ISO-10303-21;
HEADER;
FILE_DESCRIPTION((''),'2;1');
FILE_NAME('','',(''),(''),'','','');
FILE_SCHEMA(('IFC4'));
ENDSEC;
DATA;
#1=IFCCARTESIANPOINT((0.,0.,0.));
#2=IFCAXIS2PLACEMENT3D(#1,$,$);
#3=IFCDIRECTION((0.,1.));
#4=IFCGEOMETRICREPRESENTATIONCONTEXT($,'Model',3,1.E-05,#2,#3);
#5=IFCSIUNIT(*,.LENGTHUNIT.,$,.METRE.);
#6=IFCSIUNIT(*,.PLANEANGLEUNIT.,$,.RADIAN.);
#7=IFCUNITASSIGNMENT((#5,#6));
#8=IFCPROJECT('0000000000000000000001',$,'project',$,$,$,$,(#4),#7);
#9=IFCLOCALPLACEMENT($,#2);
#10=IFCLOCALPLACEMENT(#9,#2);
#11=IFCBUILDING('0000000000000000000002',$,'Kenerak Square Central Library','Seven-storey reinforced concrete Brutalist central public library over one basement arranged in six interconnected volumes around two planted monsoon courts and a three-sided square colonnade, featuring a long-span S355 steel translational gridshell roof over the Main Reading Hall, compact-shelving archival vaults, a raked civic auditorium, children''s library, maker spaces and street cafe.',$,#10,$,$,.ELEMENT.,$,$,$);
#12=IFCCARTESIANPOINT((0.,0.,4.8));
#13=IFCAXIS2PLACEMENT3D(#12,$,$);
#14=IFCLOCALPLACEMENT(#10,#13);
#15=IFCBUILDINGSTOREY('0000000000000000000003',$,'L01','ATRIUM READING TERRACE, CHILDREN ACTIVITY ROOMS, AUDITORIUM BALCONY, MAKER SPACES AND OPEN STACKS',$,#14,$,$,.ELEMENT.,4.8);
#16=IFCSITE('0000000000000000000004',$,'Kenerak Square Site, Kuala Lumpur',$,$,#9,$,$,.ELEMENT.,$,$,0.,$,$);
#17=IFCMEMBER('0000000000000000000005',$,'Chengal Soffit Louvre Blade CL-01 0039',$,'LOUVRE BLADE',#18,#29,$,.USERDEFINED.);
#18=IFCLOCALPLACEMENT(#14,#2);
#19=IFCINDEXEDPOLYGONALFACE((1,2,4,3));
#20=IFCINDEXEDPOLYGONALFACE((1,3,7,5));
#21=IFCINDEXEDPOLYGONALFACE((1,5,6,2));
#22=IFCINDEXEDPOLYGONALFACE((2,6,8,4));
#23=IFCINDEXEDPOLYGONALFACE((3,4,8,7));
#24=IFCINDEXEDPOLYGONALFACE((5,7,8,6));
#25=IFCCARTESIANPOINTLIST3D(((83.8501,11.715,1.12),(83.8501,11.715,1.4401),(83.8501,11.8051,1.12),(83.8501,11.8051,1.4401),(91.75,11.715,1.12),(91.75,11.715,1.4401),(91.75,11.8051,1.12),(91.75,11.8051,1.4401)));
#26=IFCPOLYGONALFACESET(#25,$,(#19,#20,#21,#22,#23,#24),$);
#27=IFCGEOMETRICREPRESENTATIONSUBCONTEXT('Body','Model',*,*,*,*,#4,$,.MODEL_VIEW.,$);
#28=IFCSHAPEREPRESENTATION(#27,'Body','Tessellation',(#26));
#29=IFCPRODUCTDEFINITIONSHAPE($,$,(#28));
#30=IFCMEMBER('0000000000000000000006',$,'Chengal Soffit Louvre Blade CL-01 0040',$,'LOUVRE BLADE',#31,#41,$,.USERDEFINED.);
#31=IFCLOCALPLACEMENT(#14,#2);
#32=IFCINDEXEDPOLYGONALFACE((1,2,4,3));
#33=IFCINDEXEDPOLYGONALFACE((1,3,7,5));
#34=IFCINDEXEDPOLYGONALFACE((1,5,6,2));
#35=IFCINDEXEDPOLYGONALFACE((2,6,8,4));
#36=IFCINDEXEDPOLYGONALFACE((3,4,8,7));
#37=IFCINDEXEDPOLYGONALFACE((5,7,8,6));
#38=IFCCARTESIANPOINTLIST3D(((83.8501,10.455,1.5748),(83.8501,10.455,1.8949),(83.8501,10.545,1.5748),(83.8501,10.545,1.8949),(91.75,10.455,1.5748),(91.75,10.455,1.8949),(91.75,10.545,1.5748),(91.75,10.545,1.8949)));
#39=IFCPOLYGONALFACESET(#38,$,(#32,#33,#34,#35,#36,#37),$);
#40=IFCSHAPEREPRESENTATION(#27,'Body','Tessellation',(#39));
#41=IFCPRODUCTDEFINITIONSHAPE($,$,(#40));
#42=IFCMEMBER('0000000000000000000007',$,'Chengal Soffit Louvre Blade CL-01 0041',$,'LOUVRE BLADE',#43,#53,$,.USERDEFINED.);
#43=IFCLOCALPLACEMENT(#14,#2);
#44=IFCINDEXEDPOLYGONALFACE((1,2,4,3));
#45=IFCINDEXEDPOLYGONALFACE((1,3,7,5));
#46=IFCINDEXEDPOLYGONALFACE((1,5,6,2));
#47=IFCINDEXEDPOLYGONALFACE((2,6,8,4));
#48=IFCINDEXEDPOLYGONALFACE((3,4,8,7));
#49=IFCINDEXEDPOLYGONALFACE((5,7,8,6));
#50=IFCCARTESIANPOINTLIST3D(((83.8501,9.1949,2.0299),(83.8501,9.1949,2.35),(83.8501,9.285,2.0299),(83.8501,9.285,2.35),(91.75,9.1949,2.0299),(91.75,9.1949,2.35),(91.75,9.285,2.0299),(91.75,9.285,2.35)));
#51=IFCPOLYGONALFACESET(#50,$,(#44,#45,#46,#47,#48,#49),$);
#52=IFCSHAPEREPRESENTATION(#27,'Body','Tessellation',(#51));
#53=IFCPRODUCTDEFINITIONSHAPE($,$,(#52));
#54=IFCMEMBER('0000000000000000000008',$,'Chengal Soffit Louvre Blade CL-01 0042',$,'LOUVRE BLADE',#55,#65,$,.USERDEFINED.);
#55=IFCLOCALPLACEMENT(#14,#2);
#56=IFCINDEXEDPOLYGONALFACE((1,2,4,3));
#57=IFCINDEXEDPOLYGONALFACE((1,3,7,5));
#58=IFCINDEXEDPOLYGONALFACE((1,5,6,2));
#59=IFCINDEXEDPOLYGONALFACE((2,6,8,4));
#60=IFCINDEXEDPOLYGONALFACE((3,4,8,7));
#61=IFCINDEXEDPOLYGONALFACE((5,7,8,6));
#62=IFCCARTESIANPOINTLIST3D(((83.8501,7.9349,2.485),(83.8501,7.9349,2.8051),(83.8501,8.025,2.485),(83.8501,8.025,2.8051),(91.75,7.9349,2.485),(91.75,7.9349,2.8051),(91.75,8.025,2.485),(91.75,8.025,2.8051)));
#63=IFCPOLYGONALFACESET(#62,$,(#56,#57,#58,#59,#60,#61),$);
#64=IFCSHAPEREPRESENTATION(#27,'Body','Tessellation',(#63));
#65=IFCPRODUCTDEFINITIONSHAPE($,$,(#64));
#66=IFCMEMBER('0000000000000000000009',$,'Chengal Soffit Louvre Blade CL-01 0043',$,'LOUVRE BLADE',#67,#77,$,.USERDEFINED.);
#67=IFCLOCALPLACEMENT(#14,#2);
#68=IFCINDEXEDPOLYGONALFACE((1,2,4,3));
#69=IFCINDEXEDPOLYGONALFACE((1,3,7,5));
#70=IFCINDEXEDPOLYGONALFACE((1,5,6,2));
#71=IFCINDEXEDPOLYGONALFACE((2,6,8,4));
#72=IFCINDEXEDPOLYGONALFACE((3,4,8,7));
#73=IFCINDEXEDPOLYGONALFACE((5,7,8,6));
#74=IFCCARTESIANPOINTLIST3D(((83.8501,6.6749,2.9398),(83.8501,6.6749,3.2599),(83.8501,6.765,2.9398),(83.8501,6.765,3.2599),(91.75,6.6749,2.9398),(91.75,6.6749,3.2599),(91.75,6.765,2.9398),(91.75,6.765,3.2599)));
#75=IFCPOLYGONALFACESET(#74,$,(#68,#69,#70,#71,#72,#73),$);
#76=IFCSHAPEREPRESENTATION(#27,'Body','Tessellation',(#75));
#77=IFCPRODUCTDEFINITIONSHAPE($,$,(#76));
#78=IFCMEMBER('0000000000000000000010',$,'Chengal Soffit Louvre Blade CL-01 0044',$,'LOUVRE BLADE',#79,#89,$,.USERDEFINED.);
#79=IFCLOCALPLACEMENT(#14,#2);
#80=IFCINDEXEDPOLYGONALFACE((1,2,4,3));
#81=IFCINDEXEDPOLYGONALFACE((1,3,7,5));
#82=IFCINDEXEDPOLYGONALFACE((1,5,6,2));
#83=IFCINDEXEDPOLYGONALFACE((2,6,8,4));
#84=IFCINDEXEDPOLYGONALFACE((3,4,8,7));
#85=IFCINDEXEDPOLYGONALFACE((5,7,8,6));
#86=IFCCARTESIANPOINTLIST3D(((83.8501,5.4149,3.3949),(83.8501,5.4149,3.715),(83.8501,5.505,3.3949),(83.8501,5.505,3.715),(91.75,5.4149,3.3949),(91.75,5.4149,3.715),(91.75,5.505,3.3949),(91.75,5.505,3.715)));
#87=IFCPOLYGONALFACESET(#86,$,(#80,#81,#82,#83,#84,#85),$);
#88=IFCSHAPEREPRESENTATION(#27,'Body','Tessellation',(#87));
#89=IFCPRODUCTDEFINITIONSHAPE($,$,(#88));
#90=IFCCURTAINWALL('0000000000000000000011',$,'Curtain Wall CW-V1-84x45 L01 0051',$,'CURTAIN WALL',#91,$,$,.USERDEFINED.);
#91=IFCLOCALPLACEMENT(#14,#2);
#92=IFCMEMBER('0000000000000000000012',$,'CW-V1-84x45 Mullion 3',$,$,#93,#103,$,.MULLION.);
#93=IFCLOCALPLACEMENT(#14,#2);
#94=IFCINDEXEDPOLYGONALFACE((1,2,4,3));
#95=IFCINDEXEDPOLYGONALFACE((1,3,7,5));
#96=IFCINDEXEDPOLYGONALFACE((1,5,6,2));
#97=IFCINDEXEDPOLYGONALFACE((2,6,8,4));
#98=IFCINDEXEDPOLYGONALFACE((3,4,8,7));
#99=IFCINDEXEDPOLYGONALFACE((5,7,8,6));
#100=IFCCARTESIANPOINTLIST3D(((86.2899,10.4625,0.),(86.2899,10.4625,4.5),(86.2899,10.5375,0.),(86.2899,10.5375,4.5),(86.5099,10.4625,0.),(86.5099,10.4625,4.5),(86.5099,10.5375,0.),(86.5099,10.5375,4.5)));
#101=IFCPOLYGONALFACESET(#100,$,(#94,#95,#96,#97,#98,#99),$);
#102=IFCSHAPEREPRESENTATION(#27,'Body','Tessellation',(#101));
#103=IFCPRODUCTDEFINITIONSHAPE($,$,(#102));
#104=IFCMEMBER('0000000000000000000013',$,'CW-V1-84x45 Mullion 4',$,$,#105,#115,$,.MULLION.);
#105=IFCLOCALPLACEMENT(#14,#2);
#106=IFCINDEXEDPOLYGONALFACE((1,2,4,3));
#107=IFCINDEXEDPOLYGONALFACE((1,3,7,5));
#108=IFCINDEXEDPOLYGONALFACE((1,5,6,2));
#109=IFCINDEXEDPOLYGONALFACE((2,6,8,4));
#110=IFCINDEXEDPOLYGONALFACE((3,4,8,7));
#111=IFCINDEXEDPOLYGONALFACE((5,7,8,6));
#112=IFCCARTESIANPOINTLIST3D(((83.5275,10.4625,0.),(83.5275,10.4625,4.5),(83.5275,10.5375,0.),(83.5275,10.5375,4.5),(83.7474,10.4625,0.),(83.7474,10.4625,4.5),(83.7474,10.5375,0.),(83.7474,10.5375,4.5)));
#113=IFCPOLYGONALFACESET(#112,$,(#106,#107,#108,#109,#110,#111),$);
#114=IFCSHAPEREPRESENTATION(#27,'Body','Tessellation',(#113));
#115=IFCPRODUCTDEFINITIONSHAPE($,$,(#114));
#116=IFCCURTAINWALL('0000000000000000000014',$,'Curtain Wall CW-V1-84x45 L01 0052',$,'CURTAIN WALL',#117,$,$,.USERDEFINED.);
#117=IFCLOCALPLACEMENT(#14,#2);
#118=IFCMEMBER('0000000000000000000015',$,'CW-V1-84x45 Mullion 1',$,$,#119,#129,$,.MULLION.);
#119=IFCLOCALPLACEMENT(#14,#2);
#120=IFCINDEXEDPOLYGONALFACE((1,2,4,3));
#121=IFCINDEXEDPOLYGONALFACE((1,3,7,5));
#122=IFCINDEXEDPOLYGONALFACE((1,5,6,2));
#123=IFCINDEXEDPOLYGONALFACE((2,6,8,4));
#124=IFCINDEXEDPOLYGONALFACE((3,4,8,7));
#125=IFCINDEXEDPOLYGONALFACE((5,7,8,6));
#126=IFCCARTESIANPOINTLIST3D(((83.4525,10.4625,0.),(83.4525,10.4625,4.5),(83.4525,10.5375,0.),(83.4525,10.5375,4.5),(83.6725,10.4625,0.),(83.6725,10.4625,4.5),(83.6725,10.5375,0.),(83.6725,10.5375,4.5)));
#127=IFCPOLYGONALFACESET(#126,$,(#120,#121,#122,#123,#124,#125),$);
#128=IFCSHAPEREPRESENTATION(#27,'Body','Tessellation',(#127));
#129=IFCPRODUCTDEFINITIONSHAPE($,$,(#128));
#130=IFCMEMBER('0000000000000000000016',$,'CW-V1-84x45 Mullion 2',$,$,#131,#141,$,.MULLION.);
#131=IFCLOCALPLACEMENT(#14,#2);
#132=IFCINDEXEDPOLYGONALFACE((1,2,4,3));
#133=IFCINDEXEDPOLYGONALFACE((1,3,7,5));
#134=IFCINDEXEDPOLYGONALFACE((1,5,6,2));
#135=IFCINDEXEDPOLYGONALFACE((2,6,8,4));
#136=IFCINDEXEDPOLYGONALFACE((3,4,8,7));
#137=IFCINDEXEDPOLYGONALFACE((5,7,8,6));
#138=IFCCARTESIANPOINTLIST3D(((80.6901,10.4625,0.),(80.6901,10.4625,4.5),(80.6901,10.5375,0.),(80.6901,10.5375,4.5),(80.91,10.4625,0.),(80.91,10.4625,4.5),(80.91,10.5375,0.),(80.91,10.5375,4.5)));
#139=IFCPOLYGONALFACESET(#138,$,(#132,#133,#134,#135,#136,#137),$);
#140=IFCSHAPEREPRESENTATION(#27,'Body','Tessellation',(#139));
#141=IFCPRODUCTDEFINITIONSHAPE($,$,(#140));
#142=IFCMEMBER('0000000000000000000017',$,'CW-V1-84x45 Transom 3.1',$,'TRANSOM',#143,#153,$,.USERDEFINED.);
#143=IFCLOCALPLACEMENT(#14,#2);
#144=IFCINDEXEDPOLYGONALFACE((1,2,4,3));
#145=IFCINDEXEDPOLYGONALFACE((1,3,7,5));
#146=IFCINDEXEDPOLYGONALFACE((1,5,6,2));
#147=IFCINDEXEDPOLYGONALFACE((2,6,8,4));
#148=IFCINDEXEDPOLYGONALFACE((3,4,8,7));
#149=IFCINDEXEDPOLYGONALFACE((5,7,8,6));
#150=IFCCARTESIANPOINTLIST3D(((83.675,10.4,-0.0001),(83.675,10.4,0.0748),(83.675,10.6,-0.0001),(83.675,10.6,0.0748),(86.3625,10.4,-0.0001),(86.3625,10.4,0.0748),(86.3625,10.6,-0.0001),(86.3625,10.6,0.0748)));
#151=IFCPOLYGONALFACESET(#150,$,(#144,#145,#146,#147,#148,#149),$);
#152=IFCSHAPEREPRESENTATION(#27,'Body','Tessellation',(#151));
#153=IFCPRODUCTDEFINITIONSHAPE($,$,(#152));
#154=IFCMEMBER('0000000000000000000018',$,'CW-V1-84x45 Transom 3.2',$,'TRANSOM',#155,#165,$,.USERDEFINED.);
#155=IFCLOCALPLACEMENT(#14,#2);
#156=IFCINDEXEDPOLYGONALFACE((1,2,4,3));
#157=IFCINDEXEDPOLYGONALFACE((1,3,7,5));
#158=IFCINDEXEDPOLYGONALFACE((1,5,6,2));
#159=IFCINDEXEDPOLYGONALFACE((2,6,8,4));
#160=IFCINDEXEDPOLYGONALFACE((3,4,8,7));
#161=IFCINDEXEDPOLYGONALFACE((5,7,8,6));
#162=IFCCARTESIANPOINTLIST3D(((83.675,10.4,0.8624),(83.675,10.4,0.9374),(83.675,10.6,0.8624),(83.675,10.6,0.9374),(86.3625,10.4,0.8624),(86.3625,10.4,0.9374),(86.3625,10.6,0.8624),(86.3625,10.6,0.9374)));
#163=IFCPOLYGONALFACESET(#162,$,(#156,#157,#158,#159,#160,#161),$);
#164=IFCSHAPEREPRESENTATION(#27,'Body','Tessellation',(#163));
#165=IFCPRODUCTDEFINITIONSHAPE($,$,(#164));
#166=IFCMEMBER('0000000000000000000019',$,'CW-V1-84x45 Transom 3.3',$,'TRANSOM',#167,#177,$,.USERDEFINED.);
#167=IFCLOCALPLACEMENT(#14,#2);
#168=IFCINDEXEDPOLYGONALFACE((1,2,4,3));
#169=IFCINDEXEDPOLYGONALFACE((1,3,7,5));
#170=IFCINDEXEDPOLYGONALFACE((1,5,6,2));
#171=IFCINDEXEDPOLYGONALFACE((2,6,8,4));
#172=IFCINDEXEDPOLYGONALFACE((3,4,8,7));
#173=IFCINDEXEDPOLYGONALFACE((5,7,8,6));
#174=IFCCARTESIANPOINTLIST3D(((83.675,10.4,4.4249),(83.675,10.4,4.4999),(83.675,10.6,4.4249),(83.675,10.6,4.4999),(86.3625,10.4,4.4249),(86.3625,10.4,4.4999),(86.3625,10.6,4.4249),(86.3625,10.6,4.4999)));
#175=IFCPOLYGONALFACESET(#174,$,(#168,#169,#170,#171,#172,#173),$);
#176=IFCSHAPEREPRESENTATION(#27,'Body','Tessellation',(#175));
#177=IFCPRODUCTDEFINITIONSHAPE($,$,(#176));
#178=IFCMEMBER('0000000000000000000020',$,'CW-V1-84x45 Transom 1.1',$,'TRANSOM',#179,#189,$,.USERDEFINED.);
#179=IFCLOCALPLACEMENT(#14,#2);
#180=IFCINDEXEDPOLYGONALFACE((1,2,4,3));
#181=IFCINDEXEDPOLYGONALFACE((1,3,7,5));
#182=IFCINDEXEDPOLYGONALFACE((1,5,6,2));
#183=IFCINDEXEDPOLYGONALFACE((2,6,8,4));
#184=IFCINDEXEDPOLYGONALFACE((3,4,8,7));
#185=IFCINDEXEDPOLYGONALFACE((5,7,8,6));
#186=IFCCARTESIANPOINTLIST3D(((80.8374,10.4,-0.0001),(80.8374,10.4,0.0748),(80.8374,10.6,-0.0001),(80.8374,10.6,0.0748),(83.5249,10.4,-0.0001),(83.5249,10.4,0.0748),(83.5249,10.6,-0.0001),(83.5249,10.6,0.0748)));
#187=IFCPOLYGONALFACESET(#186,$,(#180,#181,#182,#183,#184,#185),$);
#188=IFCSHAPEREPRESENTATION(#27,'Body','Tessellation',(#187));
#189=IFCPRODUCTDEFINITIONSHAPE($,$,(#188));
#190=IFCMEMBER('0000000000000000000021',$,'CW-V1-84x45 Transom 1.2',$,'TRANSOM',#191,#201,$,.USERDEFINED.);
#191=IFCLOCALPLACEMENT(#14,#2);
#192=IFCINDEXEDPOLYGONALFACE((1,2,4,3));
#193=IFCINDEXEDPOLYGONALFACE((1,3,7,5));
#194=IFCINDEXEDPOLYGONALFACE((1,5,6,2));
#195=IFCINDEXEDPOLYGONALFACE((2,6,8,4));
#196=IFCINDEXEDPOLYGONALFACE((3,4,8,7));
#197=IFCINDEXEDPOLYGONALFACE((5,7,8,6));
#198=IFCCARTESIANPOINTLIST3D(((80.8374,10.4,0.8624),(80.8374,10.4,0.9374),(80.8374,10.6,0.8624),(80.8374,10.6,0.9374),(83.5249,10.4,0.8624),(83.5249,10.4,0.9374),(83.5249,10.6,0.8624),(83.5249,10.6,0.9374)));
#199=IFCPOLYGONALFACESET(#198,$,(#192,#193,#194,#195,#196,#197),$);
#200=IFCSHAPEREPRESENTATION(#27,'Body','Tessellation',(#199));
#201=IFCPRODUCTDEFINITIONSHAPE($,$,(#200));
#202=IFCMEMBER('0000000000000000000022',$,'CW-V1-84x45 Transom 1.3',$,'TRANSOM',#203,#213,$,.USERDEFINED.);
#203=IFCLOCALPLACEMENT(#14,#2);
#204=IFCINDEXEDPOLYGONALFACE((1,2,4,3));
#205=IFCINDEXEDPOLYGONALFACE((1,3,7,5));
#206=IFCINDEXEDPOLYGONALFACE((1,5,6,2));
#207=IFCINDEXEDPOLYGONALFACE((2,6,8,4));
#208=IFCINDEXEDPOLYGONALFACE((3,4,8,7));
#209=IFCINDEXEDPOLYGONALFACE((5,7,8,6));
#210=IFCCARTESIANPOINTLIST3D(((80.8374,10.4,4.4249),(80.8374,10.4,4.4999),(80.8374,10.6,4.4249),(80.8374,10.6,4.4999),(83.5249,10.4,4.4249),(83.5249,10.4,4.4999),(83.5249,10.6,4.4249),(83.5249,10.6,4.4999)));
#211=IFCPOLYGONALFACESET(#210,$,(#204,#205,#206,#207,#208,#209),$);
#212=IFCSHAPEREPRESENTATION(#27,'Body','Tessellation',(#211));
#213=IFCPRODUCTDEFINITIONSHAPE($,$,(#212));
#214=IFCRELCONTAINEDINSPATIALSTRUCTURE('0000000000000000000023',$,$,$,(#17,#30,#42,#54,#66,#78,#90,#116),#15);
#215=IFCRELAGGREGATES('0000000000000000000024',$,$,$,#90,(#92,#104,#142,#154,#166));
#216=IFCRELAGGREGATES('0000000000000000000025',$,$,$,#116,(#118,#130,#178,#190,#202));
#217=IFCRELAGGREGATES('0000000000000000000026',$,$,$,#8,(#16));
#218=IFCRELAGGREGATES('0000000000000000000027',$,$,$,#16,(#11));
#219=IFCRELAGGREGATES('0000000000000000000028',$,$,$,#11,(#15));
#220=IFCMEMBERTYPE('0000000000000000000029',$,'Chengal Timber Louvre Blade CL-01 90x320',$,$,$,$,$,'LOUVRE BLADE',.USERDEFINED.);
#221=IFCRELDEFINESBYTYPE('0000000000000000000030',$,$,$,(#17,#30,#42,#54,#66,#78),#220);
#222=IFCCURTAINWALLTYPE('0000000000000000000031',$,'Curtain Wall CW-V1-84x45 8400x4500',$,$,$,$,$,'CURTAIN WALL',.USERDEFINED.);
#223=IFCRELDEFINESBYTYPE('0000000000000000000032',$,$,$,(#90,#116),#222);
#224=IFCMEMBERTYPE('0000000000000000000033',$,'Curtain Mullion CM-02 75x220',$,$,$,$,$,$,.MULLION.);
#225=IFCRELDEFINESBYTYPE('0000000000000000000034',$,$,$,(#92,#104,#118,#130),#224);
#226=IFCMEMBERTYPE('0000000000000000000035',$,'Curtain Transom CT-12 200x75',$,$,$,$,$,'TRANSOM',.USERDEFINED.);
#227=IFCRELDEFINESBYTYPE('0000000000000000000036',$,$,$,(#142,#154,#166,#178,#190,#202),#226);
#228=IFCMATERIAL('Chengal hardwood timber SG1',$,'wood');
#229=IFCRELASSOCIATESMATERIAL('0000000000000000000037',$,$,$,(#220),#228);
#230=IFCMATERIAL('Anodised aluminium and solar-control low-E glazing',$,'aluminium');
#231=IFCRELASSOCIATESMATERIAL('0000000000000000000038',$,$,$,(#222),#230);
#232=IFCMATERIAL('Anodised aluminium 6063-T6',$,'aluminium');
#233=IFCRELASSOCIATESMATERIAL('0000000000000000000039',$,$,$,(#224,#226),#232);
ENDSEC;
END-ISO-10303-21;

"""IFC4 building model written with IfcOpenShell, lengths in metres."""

from ifc_helpers import new_model, si_unit, direction, frame, origin, origin_2d, place, context, subcontext, project, spatial, rectangle, extrude, material, material_profile, profile_set, type_object, element, aggregate, save


model = new_model("IFC4")

# Units and contexts
model_context = context("Model", 3, precision=1e-05, world=origin(), true_north=direction((0.0, 1.0)))
body_context = subcontext(model_context, "Body", "Model", "MODEL_VIEW")
ifc_project = project(units=[si_unit("LENGTHUNIT", "METRE"), si_unit("PLANEANGLEUNIT", "RADIAN")], contexts=[model_context])

# Site, building, storey
site_placement = place(None, origin())
site = spatial("IfcSite", under=ifc_project, at=site_placement, Name="Kenerak Square Site, Kuala Lumpur", CompositionType="ELEMENT", RefElevation=0.0)
building_placement = place(site_placement, origin())
building = spatial("IfcBuilding", under=site, at=building_placement, Name="Kenerak Square Central Library", Description="Seven-storey reinforced concrete Brutalist central public library over one basement arranged in six interconnected volumes around two planted monsoon courts and a three-sided square colonnade, featuring a long-span S355 steel translational gridshell roof over the Main Reading Hall, compact-shelving archival vaults, a raked civic auditorium, children's library, maker spaces and street cafe.", CompositionType="ELEMENT")
storey_placement = place(building_placement, frame((0.0, 0.0, 4.8)))
storey = spatial("IfcBuildingStorey", under=building, at=storey_placement, Name="L01", Description="ATRIUM READING TERRACE, CHILDREN ACTIVITY ROOMS, AUDITORIUM BALCONY, MAKER SPACES AND OPEN STACKS", CompositionType="ELEMENT", Elevation=4.8)

# Members
ifc_material_1 = material(Name="Chengal hardwood timber SG1", Category="wood")
ifc_material_profile_1 = material_profile(ifc_material_1, rectangle(XDim=0.0901, YDim=0.3201, at=origin_2d()), Name="CHENGAL 90x320")
ifc_profile_set_1 = profile_set([ifc_material_profile_1], Name="Chengal hardwood timber SG1")
member_type_1 = type_object("IfcMemberType", Name="Chengal Timber Louvre Blade CL-01 90x320", ElementType="LOUVRE BLADE", PredefinedType="USERDEFINED", material=ifc_profile_set_1)
for number, where, z_axis, x_axis, name in (
    (1, (83.8501, 11.76, 1.28), (1.0, 0.0, 0.0), (0.0, 1.0, 0.0), "Chengal Soffit Louvre Blade CL-01 0039"),
    (2, (83.8501, 10.5, 1.7349), (1.0, 0.0, 0.0), (0.0, 1.0, 0.0), "Chengal Soffit Louvre Blade CL-01 0040"),
    (3, (83.8501, 9.24, 2.1899), (1.0, 0.0, 0.0), (0.0, 1.0, 0.0), "Chengal Soffit Louvre Blade CL-01 0041"),
    (4, (83.8501, 7.98, 2.645), (1.0, 0.0, 0.0), (0.0, 1.0, 0.0), "Chengal Soffit Louvre Blade CL-01 0042"),
    (5, (83.8501, 6.72, 3.0999), (1.0, 0.0, 0.0), (0.0, 1.0, 0.0), "Chengal Soffit Louvre Blade CL-01 0043"),
    (6, (83.8501, 5.46, 3.5549), (1.0, 0.0, 0.0), (0.0, 1.0, 0.0), "Chengal Soffit Louvre Blade CL-01 0044"),
):
    element("IfcMember", number, at=place(storey_placement, frame(where, z_axis=z_axis, x_axis=x_axis)), inside=storey, type_object=member_type_1, Name=name, ObjectType="LOUVRE BLADE", PredefinedType="USERDEFINED", context=body_context, shape_type="SweptSolid", body=[
        extrude(rectangle(XDim=0.0901, YDim=0.3201, at=origin_2d()), origin(), (0.0, 0.0, 1.0), 7.8999),
    ])

# Curtain walls, members
ifc_material_2 = material(Name="Anodised aluminium and solar-control low-E glazing", Category="aluminium")
curtain_wall_type = type_object("IfcCurtainWallType", Name="Curtain Wall CW-V1-84x45 8400x4500", ElementType="CURTAIN WALL", PredefinedType="USERDEFINED", material=ifc_material_2)
curtain_wall_1_placement = place(storey_placement, origin())
curtain_wall_1 = element("IfcCurtainWall", 7, at=curtain_wall_1_placement, inside=storey, type_object=curtain_wall_type, Name="Curtain Wall CW-V1-84x45 L01 0051", ObjectType="CURTAIN WALL", PredefinedType="USERDEFINED")
ifc_material_3 = material(Name="Anodised aluminium 6063-T6", Category="aluminium")
ifc_material_profile_2 = material_profile(ifc_material_3, rectangle(XDim=0.075, YDim=0.22, at=origin_2d()), Name="AL MULLION 75x220")
ifc_profile_set_2 = profile_set([ifc_material_profile_2], Name="Anodised aluminium 6063-T6")
member_type_2 = type_object("IfcMemberType", Name="Curtain Mullion CM-02 75x220", PredefinedType="MULLION", material=ifc_profile_set_2)
member_1_placement = place(storey_placement, frame((86.3999, 10.5, 0.0), z_axis=(0.0, 0.0, 1.0), x_axis=(0.0, -1.0, 0.0)))
member_1 = element("IfcMember", 8, at=member_1_placement, type_object=member_type_2, Name="CW-V1-84x45 Mullion 3", PredefinedType="MULLION", context=body_context, shape_type="SweptSolid", body=[
    extrude(rectangle(XDim=0.075, YDim=0.22, at=origin_2d()), origin(), (0.0, 0.0, 1.0), 4.5),
])
member_2_placement = place(storey_placement, frame((83.6375, 10.5, 0.0), z_axis=(0.0, 0.0, 1.0), x_axis=(0.0, -1.0, 0.0)))
member_2 = element("IfcMember", 9, at=member_2_placement, type_object=member_type_2, Name="CW-V1-84x45 Mullion 4", PredefinedType="MULLION", context=body_context, shape_type="SweptSolid", body=[
    extrude(rectangle(XDim=0.075, YDim=0.22, at=origin_2d()), origin(), (0.0, 0.0, 1.0), 4.5),
])
curtain_wall_2_placement = place(storey_placement, origin())
curtain_wall_2 = element("IfcCurtainWall", 10, at=curtain_wall_2_placement, inside=storey, type_object=curtain_wall_type, Name="Curtain Wall CW-V1-84x45 L01 0052", ObjectType="CURTAIN WALL", PredefinedType="USERDEFINED")
member_3_placement = place(storey_placement, frame((83.5625, 10.5, 0.0), z_axis=(0.0, 0.0, 1.0), x_axis=(0.0, -1.0, 0.0)))
member_3 = element("IfcMember", 11, at=member_3_placement, type_object=member_type_2, Name="CW-V1-84x45 Mullion 1", PredefinedType="MULLION", context=body_context, shape_type="SweptSolid", body=[
    extrude(rectangle(XDim=0.075, YDim=0.22, at=origin_2d()), origin(), (0.0, 0.0, 1.0), 4.5),
])
member_4_placement = place(storey_placement, frame((80.8, 10.5, 0.0), z_axis=(0.0, 0.0, 1.0), x_axis=(0.0, -1.0, 0.0)))
member_4 = element("IfcMember", 12, at=member_4_placement, type_object=member_type_2, Name="CW-V1-84x45 Mullion 2", PredefinedType="MULLION", context=body_context, shape_type="SweptSolid", body=[
    extrude(rectangle(XDim=0.075, YDim=0.22, at=origin_2d()), origin(), (0.0, 0.0, 1.0), 4.5),
])

# Members
ifc_material_profile_3 = material_profile(ifc_material_3, rectangle(XDim=0.2, YDim=0.075, at=origin_2d()), Name="AL TRANSOM 200x75")
ifc_profile_set_3 = profile_set([ifc_material_profile_3], Name="Anodised aluminium 6063-T6")
member_type_3 = type_object("IfcMemberType", Name="Curtain Transom CT-12 200x75", ElementType="TRANSOM", PredefinedType="USERDEFINED", material=ifc_profile_set_3)
member_5_placement = place(storey_placement, frame((86.3625, 10.5, 0.0374), z_axis=(-1.0, 0.0, 0.0), x_axis=(0.0, -1.0, 0.0)))
member_5 = element("IfcMember", 13, at=member_5_placement, type_object=member_type_3, Name="CW-V1-84x45 Transom 3.1", ObjectType="TRANSOM", PredefinedType="USERDEFINED", context=body_context, shape_type="SweptSolid", body=[
    extrude(rectangle(XDim=0.2, YDim=0.075, at=origin_2d()), origin(), (0.0, 0.0, 1.0), 2.6875),
])
member_6_placement = place(storey_placement, frame((86.3625, 10.5, 0.8999), z_axis=(-1.0, 0.0, 0.0), x_axis=(0.0, -1.0, 0.0)))
member_6 = element("IfcMember", 14, at=member_6_placement, type_object=member_type_3, Name="CW-V1-84x45 Transom 3.2", ObjectType="TRANSOM", PredefinedType="USERDEFINED", context=body_context, shape_type="SweptSolid", body=[
    extrude(rectangle(XDim=0.2, YDim=0.075, at=origin_2d()), origin(), (0.0, 0.0, 1.0), 2.6875),
])
member_7_placement = place(storey_placement, frame((86.3625, 10.5, 4.4624), z_axis=(-1.0, 0.0, 0.0), x_axis=(0.0, -1.0, 0.0)))
member_7 = element("IfcMember", 15, at=member_7_placement, type_object=member_type_3, Name="CW-V1-84x45 Transom 3.3", ObjectType="TRANSOM", PredefinedType="USERDEFINED", context=body_context, shape_type="SweptSolid", body=[
    extrude(rectangle(XDim=0.2, YDim=0.075, at=origin_2d()), origin(), (0.0, 0.0, 1.0), 2.6875),
])
member_8_placement = place(storey_placement, frame((83.5249, 10.5, 0.0374), z_axis=(-1.0, 0.0, 0.0), x_axis=(0.0, -1.0, 0.0)))
member_8 = element("IfcMember", 16, at=member_8_placement, type_object=member_type_3, Name="CW-V1-84x45 Transom 1.1", ObjectType="TRANSOM", PredefinedType="USERDEFINED", context=body_context, shape_type="SweptSolid", body=[
    extrude(rectangle(XDim=0.2, YDim=0.075, at=origin_2d()), origin(), (0.0, 0.0, 1.0), 2.6875),
])
member_9_placement = place(storey_placement, frame((83.5249, 10.5, 0.8999), z_axis=(-1.0, 0.0, 0.0), x_axis=(0.0, -1.0, 0.0)))
member_9 = element("IfcMember", 17, at=member_9_placement, type_object=member_type_3, Name="CW-V1-84x45 Transom 1.2", ObjectType="TRANSOM", PredefinedType="USERDEFINED", context=body_context, shape_type="SweptSolid", body=[
    extrude(rectangle(XDim=0.2, YDim=0.075, at=origin_2d()), origin(), (0.0, 0.0, 1.0), 2.6875),
])
member_10_placement = place(storey_placement, frame((83.5249, 10.5, 4.4624), z_axis=(-1.0, 0.0, 0.0), x_axis=(0.0, -1.0, 0.0)))
member_10 = element("IfcMember", 18, at=member_10_placement, type_object=member_type_3, Name="CW-V1-84x45 Transom 1.3", ObjectType="TRANSOM", PredefinedType="USERDEFINED", context=body_context, shape_type="SweptSolid", body=[
    extrude(rectangle(XDim=0.2, YDim=0.075, at=origin_2d()), origin(), (0.0, 0.0, 1.0), 2.6875),
])

aggregate(curtain_wall_1, [member_1, member_2, member_5, member_6, member_7])
aggregate(curtain_wall_2, [member_3, member_4, member_8, member_9, member_10])

save(model, "model.ifc")
